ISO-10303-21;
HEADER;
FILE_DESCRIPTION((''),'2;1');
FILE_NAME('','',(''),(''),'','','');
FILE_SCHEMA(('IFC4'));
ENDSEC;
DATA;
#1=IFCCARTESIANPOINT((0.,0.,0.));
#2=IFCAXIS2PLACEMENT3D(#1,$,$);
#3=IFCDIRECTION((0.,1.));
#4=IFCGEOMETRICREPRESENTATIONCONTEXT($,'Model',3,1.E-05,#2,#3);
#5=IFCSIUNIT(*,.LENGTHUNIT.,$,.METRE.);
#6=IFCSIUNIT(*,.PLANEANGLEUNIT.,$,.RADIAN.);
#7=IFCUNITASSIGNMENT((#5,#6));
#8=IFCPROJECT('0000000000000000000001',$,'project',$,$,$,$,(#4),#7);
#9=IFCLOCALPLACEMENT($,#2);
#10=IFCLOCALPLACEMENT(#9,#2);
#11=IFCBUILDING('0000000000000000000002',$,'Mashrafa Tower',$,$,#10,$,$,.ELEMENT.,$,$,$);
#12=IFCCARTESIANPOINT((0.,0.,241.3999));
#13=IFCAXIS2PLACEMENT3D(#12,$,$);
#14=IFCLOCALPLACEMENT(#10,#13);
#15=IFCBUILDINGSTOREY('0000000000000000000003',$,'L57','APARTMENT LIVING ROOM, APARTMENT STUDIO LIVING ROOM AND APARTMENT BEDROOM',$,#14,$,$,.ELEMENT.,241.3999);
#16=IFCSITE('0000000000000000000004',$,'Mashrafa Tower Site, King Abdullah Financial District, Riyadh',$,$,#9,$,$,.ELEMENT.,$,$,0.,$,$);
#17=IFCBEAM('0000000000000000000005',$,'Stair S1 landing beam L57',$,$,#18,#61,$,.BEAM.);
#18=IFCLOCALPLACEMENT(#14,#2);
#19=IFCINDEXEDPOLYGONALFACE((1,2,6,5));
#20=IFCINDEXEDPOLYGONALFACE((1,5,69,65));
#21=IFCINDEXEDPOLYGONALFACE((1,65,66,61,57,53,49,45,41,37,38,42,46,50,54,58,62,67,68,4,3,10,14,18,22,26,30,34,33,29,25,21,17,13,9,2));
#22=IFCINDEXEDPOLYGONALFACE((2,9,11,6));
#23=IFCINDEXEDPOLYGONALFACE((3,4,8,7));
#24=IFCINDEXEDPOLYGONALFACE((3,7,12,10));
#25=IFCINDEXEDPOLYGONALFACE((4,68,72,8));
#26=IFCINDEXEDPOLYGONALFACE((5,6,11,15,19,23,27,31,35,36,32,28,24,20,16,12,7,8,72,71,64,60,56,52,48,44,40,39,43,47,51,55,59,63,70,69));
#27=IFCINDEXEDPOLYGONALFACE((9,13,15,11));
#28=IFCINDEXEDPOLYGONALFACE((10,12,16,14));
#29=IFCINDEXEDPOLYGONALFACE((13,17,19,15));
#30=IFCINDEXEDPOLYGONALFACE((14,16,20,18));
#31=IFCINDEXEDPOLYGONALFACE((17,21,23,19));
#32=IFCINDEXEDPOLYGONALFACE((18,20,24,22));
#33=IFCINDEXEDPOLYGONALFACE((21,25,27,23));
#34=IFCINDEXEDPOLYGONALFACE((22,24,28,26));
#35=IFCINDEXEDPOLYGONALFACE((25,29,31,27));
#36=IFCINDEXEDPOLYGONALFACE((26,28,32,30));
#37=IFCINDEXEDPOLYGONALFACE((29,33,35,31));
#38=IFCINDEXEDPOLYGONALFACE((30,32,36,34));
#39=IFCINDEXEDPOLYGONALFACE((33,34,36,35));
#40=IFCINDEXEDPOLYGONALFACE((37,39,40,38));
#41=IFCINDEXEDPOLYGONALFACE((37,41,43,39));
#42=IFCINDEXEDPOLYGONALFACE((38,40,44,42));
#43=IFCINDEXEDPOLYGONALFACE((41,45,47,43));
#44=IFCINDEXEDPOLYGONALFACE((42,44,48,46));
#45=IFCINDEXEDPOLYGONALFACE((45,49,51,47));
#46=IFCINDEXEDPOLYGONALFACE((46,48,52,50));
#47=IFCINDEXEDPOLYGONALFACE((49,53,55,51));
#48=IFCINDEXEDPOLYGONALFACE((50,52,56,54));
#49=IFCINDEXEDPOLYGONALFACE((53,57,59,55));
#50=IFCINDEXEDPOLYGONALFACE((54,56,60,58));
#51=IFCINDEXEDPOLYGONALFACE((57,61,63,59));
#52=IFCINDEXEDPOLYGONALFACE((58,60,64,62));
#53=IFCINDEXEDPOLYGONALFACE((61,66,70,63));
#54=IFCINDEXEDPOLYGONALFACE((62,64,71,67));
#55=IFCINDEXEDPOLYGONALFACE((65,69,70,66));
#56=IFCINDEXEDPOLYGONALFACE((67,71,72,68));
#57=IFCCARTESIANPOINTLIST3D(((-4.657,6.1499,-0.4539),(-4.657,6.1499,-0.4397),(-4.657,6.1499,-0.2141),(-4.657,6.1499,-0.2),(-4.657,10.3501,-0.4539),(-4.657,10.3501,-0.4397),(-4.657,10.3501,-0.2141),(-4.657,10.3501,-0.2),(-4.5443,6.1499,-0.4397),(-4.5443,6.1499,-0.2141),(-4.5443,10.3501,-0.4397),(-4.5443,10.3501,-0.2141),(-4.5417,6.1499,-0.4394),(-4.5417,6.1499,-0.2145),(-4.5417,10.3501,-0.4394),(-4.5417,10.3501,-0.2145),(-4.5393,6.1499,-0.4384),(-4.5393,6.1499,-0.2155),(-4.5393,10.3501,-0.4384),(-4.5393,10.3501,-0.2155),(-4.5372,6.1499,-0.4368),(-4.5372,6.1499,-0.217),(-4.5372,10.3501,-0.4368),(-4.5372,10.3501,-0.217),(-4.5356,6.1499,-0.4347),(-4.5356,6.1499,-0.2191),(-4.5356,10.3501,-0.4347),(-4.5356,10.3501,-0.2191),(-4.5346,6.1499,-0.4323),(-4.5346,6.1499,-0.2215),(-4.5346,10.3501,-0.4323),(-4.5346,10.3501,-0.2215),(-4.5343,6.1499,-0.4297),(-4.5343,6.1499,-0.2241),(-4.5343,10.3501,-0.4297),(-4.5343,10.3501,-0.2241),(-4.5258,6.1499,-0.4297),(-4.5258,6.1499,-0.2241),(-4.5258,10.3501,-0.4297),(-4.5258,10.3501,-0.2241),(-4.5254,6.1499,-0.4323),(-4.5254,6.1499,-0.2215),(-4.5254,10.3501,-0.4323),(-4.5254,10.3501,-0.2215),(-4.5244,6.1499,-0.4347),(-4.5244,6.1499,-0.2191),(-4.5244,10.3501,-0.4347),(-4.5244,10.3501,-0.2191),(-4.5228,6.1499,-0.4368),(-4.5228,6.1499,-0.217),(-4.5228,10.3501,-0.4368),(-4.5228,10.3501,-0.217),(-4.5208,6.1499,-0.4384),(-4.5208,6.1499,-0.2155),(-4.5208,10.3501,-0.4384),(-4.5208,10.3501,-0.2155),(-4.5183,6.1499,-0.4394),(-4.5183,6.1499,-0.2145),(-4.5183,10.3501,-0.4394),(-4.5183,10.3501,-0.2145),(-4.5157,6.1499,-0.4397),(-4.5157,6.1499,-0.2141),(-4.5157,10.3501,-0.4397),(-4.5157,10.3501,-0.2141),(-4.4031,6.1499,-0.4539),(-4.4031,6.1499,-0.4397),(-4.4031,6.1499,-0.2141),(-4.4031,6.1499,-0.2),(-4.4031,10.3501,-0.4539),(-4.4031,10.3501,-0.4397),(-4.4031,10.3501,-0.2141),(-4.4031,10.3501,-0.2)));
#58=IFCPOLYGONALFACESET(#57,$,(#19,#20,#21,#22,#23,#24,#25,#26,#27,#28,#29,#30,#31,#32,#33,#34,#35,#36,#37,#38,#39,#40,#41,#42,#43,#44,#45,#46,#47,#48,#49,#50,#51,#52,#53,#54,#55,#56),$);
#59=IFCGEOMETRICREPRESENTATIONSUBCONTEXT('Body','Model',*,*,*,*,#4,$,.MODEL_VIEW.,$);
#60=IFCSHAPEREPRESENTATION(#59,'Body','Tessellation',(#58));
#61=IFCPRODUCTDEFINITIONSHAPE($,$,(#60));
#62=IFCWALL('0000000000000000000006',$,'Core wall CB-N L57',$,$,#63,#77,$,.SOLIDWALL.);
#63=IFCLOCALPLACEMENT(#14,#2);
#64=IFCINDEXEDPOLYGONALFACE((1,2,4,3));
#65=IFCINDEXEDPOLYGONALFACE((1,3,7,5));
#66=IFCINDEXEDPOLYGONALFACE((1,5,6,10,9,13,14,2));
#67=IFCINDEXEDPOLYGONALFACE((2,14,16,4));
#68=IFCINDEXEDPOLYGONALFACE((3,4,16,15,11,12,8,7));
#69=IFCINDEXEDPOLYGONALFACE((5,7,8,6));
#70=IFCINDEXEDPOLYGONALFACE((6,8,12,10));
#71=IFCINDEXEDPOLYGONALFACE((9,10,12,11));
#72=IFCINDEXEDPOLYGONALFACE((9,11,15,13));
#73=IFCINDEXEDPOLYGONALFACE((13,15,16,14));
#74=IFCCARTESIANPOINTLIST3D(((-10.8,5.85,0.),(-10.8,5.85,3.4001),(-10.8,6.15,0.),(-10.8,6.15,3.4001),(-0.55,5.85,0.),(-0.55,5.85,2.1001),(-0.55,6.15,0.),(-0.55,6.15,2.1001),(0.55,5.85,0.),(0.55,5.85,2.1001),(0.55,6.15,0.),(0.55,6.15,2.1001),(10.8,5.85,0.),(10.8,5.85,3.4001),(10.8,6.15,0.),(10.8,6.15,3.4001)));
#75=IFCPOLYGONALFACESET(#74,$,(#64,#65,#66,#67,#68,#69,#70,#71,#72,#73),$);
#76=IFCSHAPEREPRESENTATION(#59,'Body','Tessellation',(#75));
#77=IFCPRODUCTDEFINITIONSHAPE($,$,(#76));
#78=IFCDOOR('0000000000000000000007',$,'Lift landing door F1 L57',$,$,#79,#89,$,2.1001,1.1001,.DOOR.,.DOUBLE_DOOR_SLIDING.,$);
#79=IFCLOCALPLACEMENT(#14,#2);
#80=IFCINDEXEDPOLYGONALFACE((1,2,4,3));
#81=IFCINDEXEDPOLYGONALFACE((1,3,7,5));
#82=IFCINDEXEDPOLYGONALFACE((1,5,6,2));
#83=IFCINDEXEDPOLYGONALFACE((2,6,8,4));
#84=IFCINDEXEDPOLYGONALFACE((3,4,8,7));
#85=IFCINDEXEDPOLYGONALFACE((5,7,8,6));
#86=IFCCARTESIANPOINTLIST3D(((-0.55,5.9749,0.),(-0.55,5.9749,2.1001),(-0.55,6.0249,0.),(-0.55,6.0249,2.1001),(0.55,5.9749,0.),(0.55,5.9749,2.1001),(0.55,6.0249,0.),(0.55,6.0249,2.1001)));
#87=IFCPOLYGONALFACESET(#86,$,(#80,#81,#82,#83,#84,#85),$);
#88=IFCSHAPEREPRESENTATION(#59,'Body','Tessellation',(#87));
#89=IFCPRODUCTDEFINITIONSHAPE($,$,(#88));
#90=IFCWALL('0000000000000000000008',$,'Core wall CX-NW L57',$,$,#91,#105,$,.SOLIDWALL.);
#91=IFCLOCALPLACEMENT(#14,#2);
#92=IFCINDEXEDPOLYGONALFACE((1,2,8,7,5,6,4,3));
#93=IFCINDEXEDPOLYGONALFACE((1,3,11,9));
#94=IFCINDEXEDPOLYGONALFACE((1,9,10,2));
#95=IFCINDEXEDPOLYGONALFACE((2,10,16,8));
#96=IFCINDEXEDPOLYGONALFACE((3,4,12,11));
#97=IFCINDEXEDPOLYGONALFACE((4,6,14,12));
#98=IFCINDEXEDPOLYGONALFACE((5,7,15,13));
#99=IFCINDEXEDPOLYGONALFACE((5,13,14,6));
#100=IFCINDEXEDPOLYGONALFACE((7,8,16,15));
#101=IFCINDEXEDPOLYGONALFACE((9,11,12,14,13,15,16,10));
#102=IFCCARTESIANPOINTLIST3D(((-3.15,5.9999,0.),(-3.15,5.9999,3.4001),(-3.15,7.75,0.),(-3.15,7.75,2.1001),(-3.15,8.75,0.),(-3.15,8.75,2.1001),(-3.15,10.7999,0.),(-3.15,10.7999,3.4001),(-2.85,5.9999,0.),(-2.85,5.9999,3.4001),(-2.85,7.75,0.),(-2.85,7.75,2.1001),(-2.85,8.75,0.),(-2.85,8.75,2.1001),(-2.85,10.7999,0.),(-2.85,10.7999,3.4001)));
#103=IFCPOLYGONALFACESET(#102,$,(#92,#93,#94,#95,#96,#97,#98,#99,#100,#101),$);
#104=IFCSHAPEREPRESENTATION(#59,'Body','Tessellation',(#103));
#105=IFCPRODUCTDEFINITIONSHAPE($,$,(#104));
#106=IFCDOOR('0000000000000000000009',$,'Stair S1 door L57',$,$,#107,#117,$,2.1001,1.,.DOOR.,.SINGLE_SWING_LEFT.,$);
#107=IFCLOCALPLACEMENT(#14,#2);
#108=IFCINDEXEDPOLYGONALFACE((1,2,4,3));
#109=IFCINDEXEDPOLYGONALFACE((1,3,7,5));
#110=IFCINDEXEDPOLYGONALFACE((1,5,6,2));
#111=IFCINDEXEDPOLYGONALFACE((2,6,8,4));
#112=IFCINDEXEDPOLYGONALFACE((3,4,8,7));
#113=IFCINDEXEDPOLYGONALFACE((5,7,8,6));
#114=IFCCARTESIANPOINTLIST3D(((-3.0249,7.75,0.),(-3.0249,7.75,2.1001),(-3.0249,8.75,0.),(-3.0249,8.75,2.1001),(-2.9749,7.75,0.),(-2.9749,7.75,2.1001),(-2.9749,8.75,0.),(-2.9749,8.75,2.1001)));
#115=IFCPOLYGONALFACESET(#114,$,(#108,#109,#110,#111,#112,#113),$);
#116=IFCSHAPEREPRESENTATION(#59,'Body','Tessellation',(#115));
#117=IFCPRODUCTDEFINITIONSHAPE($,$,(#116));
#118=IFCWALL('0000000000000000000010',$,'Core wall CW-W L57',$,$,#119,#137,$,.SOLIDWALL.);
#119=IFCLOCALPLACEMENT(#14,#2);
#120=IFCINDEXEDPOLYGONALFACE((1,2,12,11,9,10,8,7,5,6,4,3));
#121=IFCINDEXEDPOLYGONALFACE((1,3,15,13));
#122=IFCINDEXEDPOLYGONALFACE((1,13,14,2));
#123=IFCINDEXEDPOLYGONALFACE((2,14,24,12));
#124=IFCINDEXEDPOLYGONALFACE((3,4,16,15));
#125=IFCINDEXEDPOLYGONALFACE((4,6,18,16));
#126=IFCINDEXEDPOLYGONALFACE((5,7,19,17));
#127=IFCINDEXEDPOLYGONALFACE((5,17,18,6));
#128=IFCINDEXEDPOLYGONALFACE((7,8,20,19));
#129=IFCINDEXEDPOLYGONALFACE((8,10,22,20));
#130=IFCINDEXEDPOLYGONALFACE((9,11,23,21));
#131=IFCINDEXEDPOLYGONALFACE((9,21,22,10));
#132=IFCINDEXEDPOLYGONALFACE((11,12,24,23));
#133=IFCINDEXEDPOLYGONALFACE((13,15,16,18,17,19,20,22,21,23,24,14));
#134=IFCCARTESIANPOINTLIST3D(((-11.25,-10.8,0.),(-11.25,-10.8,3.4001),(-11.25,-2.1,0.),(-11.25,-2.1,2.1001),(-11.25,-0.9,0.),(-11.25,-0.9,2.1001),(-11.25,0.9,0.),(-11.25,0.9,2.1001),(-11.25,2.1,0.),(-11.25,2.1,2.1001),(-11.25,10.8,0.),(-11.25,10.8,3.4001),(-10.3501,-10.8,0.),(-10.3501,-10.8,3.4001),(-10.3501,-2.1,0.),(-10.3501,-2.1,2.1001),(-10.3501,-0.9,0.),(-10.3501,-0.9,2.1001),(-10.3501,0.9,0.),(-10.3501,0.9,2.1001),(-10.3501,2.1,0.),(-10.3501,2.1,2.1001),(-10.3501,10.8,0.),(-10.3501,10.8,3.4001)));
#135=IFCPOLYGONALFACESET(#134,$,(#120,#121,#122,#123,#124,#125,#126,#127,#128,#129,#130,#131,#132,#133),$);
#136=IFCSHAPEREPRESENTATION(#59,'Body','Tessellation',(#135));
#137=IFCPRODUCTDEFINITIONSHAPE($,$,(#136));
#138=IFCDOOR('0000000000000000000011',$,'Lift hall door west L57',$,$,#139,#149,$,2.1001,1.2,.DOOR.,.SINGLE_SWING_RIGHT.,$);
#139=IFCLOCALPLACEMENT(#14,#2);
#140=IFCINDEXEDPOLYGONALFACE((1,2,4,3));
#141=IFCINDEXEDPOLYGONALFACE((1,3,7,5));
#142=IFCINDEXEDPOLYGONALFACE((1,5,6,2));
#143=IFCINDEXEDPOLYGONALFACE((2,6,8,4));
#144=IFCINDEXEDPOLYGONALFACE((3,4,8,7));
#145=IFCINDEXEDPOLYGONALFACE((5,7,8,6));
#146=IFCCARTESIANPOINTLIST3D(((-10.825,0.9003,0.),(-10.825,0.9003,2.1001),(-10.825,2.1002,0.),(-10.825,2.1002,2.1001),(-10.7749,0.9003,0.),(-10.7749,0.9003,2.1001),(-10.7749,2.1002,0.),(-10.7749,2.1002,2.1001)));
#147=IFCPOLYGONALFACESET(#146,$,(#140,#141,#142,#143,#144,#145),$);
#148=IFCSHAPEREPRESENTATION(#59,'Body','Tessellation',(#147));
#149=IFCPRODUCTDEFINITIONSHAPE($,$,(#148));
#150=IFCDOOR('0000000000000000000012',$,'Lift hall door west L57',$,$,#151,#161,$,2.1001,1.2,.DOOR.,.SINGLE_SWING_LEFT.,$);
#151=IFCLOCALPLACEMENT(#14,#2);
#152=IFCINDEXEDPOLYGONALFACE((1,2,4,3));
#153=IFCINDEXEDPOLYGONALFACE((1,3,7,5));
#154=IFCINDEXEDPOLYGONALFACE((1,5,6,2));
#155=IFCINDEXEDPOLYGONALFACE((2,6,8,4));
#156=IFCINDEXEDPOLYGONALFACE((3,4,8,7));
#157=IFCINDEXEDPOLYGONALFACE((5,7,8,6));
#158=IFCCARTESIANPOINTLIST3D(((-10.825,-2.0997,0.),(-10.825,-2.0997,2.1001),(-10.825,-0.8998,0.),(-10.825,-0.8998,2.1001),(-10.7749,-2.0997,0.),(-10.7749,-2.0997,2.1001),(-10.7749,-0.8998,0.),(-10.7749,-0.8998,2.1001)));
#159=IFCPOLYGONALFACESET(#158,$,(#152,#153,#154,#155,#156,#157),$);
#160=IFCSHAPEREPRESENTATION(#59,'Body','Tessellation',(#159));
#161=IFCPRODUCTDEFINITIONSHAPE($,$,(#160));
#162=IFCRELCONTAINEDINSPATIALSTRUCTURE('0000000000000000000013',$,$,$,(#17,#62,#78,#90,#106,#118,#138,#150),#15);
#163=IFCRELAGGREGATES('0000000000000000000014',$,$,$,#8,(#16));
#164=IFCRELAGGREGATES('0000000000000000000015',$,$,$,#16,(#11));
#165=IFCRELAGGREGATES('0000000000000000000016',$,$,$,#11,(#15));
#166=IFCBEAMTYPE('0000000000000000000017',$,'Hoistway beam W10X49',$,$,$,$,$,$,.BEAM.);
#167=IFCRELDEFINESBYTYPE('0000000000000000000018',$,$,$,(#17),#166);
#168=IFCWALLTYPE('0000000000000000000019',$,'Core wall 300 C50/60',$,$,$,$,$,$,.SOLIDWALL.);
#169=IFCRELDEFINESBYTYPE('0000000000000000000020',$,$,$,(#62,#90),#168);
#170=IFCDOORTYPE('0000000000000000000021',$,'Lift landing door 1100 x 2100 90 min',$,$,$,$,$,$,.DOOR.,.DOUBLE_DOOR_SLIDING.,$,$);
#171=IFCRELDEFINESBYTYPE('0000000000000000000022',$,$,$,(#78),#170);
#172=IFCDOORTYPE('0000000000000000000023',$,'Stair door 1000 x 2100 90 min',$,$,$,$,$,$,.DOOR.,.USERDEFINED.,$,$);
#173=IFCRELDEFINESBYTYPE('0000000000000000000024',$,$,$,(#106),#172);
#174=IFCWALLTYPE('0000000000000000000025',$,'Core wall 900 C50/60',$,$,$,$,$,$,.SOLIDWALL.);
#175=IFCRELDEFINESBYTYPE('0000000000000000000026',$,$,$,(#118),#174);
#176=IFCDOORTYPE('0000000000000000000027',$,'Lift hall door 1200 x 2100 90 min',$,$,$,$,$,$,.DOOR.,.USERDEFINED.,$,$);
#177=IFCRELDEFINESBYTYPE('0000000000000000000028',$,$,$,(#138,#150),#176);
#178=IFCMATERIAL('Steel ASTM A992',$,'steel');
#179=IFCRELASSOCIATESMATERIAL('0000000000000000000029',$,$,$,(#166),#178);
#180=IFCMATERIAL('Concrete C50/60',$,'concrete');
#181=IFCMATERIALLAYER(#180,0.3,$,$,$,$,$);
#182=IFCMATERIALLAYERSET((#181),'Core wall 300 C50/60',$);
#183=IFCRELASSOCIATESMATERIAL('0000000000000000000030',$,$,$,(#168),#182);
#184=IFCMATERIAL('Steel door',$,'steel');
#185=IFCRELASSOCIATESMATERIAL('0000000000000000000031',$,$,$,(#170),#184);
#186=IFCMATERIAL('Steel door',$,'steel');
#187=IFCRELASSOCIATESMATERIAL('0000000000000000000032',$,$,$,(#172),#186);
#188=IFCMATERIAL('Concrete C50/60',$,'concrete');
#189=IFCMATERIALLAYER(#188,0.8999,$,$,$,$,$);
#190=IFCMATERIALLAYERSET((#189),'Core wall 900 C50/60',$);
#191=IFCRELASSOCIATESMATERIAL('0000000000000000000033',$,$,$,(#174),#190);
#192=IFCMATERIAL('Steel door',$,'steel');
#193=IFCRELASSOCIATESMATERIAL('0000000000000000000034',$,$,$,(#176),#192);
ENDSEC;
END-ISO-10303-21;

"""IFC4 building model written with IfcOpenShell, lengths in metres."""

from ifc_helpers import new_model, si_unit, direction, frame, frame_2d, origin, origin_2d, place, context, subcontext, project, spatial, rectangle, i_section, extrude, material, layer, layer_set, material_profile, profile_set, type_object, element, fill, save


model = new_model("IFC4")

# Units and contexts
model_context = context("Model", 3, precision=1e-05, world=origin(), true_north=direction((0.0, 1.0)))
body_context = subcontext(model_context, "Body", "Model", "MODEL_VIEW")
ifc_project = project(units=[si_unit("LENGTHUNIT", "METRE"), si_unit("PLANEANGLEUNIT", "RADIAN")], contexts=[model_context])

# Site, building, storey
site_placement = place(None, origin())
site = spatial("IfcSite", under=ifc_project, at=site_placement, Name="Mashrafa Tower Site, King Abdullah Financial District, Riyadh", CompositionType="ELEMENT", RefElevation=0.0)
building_placement = place(site_placement, origin())
building = spatial("IfcBuilding", under=site, at=building_placement, Name="Mashrafa Tower", CompositionType="ELEMENT")
storey_placement = place(building_placement, frame((0.0, 0.0, 241.3999)))
storey = spatial("IfcBuildingStorey", under=building, at=storey_placement, Name="L57", Description="APARTMENT LIVING ROOM, APARTMENT STUDIO LIVING ROOM AND APARTMENT BEDROOM", CompositionType="ELEMENT", Elevation=241.3999)

# Beam
ifc_material_1 = material(Name="Steel ASTM A992", Category="steel")
ifc_material_profile_1 = material_profile(ifc_material_1, i_section(OverallWidth=0.2539, OverallDepth=0.2539, WebThickness=0.0085, FlangeThickness=0.0142, FilletRadius=0.01, at=origin_2d()), Name="W10X49")
ifc_profile_set_1 = profile_set([ifc_material_profile_1], Name="Steel ASTM A992")
beam_type_1 = type_object("IfcBeamType", Name="Hoistway beam W10X49", PredefinedType="BEAM", material=ifc_profile_set_1)
beam_1_placement = place(storey_placement, frame((-4.53, 6.1499, -0.3269), z_axis=(0.0, 1.0, 0.0), x_axis=(-1.0, 0.0, 0.0)))
element("IfcBeam", 1, at=beam_1_placement, inside=storey, type_object=beam_type_1, Name="Stair S1 landing beam L57", PredefinedType="BEAM", context=body_context, shape_type="SweptSolid", body=[
    extrude(i_section(OverallWidth=0.2539, OverallDepth=0.2539, WebThickness=0.0085, FlangeThickness=0.0142, FilletRadius=0.01, at=origin_2d()), origin(), (0.0, 0.0, 1.0), 4.2002),
])

# Walls, openings, doors
ifc_material_2 = material(Name="Concrete C50/60", Category="concrete")
ifc_layer_1 = layer(ifc_material_2, 0.3)
ifc_layer_set_1 = layer_set([ifc_layer_1], Name="Core wall 300 C50/60")
wall_type_1 = type_object("IfcWallType", Name="Core wall 300 C50/60", PredefinedType="SOLIDWALL", material=ifc_layer_set_1)
wall_1_placement = place(storey_placement, frame((-10.8, 6.0, 0.0), z_axis=(0.0, 0.0, 1.0), x_axis=(1.0, 0.0, 0.0)))
wall_1 = element("IfcWall", 2, at=wall_1_placement, inside=storey, type_object=wall_type_1, Name="Core wall CB-N L57", PredefinedType="SOLIDWALL", context=body_context, shape_type="SweptSolid", body=[
    extrude(rectangle(XDim=21.6001, YDim=0.3, at=frame_2d((10.8, 0.0))), origin(), (0.0, 0.0, 1.0), 3.4001),
])
opening_1_placement = place(wall_1_placement, frame((10.25, 0.0, 0.0)))
opening_1 = element("IfcOpeningElement", 3, at=opening_1_placement, cuts=wall_1, PredefinedType="OPENING", context=body_context, shape_type="SweptSolid", body=[
    extrude(rectangle(XDim=1.1001, YDim=2.1001, at=frame_2d((0.55, 1.05))), frame((0.0, 0.1599, 0.0), z_axis=(0.0, -1.0, 0.0), x_axis=(1.0, 0.0, 0.0)), (0.0, 0.0, 1.0), 0.3201),
])
ifc_material_3 = material(Name="Steel door", Category="steel")
door_type_1 = type_object("IfcDoorType", Name="Lift landing door 1100 x 2100 90 min", OperationType="DOUBLE_DOOR_SLIDING", PredefinedType="DOOR", material=ifc_material_3)
door_1_placement = place(opening_1_placement, origin())
door_1 = element("IfcDoor", 4, at=door_1_placement, inside=storey, type_object=door_type_1, Name="Lift landing door F1 L57", OperationType="DOUBLE_DOOR_SLIDING", OverallHeight=2.1001, OverallWidth=1.1001, PredefinedType="DOOR", context=body_context, shape_type="SweptSolid", body=[
    extrude(rectangle(XDim=1.1001, YDim=2.1001, at=frame_2d((0.55, 1.05))), frame((0.0, 0.0249, 0.0), z_axis=(0.0, -1.0, 0.0), x_axis=(1.0, 0.0, 0.0)), (0.0, 0.0, 1.0), 0.05),
])
fill(opening_1, door_1)
wall_2_placement = place(storey_placement, frame((-3.0, 6.0, 0.0), z_axis=(0.0, 0.0, 1.0), x_axis=(0.0, 1.0, 0.0)))
wall_2 = element("IfcWall", 5, at=wall_2_placement, inside=storey, type_object=wall_type_1, Name="Core wall CX-NW L57", PredefinedType="SOLIDWALL", context=body_context, shape_type="SweptSolid", body=[
    extrude(rectangle(XDim=4.8, YDim=0.3, at=frame_2d((2.3999, 0.0))), origin(), (0.0, 0.0, 1.0), 3.4001),
])
opening_2_placement = place(wall_2_placement, frame((1.75, 0.0, 0.0)))
opening_2 = element("IfcOpeningElement", 6, at=opening_2_placement, cuts=wall_2, PredefinedType="OPENING", context=body_context, shape_type="SweptSolid", body=[
    extrude(rectangle(XDim=1.0, YDim=2.1001, at=frame_2d((0.5, 1.05))), frame((0.0, 0.1599, 0.0), z_axis=(0.0, -1.0, 0.0), x_axis=(1.0, 0.0, 0.0)), (0.0, 0.0, 1.0), 0.3201),
])
ifc_material_4 = material(Name="Steel door", Category="steel")
door_type_2 = type_object("IfcDoorType", Name="Stair door 1000 x 2100 90 min", OperationType="USERDEFINED", PredefinedType="DOOR", material=ifc_material_4)
door_2_placement = place(opening_2_placement, origin())
door_2 = element("IfcDoor", 7, at=door_2_placement, inside=storey, type_object=door_type_2, Name="Stair S1 door L57", OperationType="SINGLE_SWING_LEFT", OverallHeight=2.1001, OverallWidth=1.0, PredefinedType="DOOR", context=body_context, shape_type="SweptSolid", body=[
    extrude(rectangle(XDim=1.0, YDim=2.1001, at=frame_2d((0.5, 1.05))), frame((0.0, 0.0249, 0.0), z_axis=(0.0, -1.0, 0.0), x_axis=(1.0, 0.0, 0.0)), (0.0, 0.0, 1.0), 0.05),
])
fill(opening_2, door_2)

# Wall, openings, doors
ifc_material_5 = material(Name="Concrete C50/60", Category="concrete")
ifc_layer_2 = layer(ifc_material_5, 0.8999)
ifc_layer_set_2 = layer_set([ifc_layer_2], Name="Core wall 900 C50/60")
wall_type_2 = type_object("IfcWallType", Name="Core wall 900 C50/60", PredefinedType="SOLIDWALL", material=ifc_layer_set_2)
wall_3_placement = place(storey_placement, frame((-10.8, 10.8, 0.0), z_axis=(0.0, 0.0, 1.0), x_axis=(0.0, -1.0, 0.0)))
wall_3 = element("IfcWall", 8, at=wall_3_placement, inside=storey, type_object=wall_type_2, Name="Core wall CW-W L57", PredefinedType="SOLIDWALL", context=body_context, shape_type="SweptSolid", body=[
    extrude(rectangle(XDim=21.6001, YDim=0.8999, at=frame_2d((10.8, 0.0))), origin(), (0.0, 0.0, 1.0), 3.4001),
])
opening_3_placement = place(wall_3_placement, frame((8.7, 0.0, 0.0)))
opening_3 = element("IfcOpeningElement", 9, at=opening_3_placement, cuts=wall_3, PredefinedType="OPENING", context=body_context, shape_type="SweptSolid", body=[
    extrude(rectangle(XDim=1.2, YDim=2.1001, at=frame_2d((0.6001, 1.05))), frame((0.0, 0.46, 0.0), z_axis=(0.0, -1.0, 0.0), x_axis=(1.0, 0.0, 0.0)), (0.0, 0.0, 1.0), 0.9199),
])
opening_4_placement = place(wall_3_placement, frame((11.7, 0.0, 0.0)))
opening_4 = element("IfcOpeningElement", 10, at=opening_4_placement, cuts=wall_3, PredefinedType="OPENING", context=body_context, shape_type="SweptSolid", body=[
    extrude(rectangle(XDim=1.2, YDim=2.1001, at=frame_2d((0.6001, 1.05))), frame((0.0, 0.46, 0.0), z_axis=(0.0, -1.0, 0.0), x_axis=(1.0, 0.0, 0.0)), (0.0, 0.0, 1.0), 0.9199),
])
ifc_material_6 = material(Name="Steel door", Category="steel")
door_type_3 = type_object("IfcDoorType", Name="Lift hall door 1200 x 2100 90 min", OperationType="USERDEFINED", PredefinedType="DOOR", material=ifc_material_6)
door_3_placement = place(opening_3_placement, frame((1.2, 0.0, 0.0), z_axis=(0.0, 0.0, 1.0), x_axis=(-1.0, 0.0, 0.0)))
door_3 = element("IfcDoor", 11, at=door_3_placement, inside=storey, type_object=door_type_3, Name="Lift hall door west L57", OperationType="SINGLE_SWING_RIGHT", OverallHeight=2.1001, OverallWidth=1.2, PredefinedType="DOOR", context=body_context, shape_type="SweptSolid", body=[
    extrude(rectangle(XDim=1.2, YDim=2.1001, at=frame_2d((0.6001, 1.05))), frame((0.0, 0.0249, 0.0), z_axis=(0.0, -1.0, 0.0), x_axis=(1.0, 0.0, 0.0)), (0.0, 0.0, 1.0), 0.05),
])
fill(opening_3, door_3)
door_4_placement = place(opening_4_placement, frame((1.2, 0.0, 0.0), z_axis=(0.0, 0.0, 1.0), x_axis=(-1.0, 0.0, 0.0)))
door_4 = element("IfcDoor", 12, at=door_4_placement, inside=storey, type_object=door_type_3, Name="Lift hall door west L57", OperationType="SINGLE_SWING_LEFT", OverallHeight=2.1001, OverallWidth=1.2, PredefinedType="DOOR", context=body_context, shape_type="SweptSolid", body=[
    extrude(rectangle(XDim=1.2, YDim=2.1001, at=frame_2d((0.6001, 1.05))), frame((0.0, 0.0249, 0.0), z_axis=(0.0, -1.0, 0.0), x_axis=(1.0, 0.0, 0.0)), (0.0, 0.0, 1.0), 0.05),
])
fill(opening_4, door_4)

save(model, "model.ifc")
